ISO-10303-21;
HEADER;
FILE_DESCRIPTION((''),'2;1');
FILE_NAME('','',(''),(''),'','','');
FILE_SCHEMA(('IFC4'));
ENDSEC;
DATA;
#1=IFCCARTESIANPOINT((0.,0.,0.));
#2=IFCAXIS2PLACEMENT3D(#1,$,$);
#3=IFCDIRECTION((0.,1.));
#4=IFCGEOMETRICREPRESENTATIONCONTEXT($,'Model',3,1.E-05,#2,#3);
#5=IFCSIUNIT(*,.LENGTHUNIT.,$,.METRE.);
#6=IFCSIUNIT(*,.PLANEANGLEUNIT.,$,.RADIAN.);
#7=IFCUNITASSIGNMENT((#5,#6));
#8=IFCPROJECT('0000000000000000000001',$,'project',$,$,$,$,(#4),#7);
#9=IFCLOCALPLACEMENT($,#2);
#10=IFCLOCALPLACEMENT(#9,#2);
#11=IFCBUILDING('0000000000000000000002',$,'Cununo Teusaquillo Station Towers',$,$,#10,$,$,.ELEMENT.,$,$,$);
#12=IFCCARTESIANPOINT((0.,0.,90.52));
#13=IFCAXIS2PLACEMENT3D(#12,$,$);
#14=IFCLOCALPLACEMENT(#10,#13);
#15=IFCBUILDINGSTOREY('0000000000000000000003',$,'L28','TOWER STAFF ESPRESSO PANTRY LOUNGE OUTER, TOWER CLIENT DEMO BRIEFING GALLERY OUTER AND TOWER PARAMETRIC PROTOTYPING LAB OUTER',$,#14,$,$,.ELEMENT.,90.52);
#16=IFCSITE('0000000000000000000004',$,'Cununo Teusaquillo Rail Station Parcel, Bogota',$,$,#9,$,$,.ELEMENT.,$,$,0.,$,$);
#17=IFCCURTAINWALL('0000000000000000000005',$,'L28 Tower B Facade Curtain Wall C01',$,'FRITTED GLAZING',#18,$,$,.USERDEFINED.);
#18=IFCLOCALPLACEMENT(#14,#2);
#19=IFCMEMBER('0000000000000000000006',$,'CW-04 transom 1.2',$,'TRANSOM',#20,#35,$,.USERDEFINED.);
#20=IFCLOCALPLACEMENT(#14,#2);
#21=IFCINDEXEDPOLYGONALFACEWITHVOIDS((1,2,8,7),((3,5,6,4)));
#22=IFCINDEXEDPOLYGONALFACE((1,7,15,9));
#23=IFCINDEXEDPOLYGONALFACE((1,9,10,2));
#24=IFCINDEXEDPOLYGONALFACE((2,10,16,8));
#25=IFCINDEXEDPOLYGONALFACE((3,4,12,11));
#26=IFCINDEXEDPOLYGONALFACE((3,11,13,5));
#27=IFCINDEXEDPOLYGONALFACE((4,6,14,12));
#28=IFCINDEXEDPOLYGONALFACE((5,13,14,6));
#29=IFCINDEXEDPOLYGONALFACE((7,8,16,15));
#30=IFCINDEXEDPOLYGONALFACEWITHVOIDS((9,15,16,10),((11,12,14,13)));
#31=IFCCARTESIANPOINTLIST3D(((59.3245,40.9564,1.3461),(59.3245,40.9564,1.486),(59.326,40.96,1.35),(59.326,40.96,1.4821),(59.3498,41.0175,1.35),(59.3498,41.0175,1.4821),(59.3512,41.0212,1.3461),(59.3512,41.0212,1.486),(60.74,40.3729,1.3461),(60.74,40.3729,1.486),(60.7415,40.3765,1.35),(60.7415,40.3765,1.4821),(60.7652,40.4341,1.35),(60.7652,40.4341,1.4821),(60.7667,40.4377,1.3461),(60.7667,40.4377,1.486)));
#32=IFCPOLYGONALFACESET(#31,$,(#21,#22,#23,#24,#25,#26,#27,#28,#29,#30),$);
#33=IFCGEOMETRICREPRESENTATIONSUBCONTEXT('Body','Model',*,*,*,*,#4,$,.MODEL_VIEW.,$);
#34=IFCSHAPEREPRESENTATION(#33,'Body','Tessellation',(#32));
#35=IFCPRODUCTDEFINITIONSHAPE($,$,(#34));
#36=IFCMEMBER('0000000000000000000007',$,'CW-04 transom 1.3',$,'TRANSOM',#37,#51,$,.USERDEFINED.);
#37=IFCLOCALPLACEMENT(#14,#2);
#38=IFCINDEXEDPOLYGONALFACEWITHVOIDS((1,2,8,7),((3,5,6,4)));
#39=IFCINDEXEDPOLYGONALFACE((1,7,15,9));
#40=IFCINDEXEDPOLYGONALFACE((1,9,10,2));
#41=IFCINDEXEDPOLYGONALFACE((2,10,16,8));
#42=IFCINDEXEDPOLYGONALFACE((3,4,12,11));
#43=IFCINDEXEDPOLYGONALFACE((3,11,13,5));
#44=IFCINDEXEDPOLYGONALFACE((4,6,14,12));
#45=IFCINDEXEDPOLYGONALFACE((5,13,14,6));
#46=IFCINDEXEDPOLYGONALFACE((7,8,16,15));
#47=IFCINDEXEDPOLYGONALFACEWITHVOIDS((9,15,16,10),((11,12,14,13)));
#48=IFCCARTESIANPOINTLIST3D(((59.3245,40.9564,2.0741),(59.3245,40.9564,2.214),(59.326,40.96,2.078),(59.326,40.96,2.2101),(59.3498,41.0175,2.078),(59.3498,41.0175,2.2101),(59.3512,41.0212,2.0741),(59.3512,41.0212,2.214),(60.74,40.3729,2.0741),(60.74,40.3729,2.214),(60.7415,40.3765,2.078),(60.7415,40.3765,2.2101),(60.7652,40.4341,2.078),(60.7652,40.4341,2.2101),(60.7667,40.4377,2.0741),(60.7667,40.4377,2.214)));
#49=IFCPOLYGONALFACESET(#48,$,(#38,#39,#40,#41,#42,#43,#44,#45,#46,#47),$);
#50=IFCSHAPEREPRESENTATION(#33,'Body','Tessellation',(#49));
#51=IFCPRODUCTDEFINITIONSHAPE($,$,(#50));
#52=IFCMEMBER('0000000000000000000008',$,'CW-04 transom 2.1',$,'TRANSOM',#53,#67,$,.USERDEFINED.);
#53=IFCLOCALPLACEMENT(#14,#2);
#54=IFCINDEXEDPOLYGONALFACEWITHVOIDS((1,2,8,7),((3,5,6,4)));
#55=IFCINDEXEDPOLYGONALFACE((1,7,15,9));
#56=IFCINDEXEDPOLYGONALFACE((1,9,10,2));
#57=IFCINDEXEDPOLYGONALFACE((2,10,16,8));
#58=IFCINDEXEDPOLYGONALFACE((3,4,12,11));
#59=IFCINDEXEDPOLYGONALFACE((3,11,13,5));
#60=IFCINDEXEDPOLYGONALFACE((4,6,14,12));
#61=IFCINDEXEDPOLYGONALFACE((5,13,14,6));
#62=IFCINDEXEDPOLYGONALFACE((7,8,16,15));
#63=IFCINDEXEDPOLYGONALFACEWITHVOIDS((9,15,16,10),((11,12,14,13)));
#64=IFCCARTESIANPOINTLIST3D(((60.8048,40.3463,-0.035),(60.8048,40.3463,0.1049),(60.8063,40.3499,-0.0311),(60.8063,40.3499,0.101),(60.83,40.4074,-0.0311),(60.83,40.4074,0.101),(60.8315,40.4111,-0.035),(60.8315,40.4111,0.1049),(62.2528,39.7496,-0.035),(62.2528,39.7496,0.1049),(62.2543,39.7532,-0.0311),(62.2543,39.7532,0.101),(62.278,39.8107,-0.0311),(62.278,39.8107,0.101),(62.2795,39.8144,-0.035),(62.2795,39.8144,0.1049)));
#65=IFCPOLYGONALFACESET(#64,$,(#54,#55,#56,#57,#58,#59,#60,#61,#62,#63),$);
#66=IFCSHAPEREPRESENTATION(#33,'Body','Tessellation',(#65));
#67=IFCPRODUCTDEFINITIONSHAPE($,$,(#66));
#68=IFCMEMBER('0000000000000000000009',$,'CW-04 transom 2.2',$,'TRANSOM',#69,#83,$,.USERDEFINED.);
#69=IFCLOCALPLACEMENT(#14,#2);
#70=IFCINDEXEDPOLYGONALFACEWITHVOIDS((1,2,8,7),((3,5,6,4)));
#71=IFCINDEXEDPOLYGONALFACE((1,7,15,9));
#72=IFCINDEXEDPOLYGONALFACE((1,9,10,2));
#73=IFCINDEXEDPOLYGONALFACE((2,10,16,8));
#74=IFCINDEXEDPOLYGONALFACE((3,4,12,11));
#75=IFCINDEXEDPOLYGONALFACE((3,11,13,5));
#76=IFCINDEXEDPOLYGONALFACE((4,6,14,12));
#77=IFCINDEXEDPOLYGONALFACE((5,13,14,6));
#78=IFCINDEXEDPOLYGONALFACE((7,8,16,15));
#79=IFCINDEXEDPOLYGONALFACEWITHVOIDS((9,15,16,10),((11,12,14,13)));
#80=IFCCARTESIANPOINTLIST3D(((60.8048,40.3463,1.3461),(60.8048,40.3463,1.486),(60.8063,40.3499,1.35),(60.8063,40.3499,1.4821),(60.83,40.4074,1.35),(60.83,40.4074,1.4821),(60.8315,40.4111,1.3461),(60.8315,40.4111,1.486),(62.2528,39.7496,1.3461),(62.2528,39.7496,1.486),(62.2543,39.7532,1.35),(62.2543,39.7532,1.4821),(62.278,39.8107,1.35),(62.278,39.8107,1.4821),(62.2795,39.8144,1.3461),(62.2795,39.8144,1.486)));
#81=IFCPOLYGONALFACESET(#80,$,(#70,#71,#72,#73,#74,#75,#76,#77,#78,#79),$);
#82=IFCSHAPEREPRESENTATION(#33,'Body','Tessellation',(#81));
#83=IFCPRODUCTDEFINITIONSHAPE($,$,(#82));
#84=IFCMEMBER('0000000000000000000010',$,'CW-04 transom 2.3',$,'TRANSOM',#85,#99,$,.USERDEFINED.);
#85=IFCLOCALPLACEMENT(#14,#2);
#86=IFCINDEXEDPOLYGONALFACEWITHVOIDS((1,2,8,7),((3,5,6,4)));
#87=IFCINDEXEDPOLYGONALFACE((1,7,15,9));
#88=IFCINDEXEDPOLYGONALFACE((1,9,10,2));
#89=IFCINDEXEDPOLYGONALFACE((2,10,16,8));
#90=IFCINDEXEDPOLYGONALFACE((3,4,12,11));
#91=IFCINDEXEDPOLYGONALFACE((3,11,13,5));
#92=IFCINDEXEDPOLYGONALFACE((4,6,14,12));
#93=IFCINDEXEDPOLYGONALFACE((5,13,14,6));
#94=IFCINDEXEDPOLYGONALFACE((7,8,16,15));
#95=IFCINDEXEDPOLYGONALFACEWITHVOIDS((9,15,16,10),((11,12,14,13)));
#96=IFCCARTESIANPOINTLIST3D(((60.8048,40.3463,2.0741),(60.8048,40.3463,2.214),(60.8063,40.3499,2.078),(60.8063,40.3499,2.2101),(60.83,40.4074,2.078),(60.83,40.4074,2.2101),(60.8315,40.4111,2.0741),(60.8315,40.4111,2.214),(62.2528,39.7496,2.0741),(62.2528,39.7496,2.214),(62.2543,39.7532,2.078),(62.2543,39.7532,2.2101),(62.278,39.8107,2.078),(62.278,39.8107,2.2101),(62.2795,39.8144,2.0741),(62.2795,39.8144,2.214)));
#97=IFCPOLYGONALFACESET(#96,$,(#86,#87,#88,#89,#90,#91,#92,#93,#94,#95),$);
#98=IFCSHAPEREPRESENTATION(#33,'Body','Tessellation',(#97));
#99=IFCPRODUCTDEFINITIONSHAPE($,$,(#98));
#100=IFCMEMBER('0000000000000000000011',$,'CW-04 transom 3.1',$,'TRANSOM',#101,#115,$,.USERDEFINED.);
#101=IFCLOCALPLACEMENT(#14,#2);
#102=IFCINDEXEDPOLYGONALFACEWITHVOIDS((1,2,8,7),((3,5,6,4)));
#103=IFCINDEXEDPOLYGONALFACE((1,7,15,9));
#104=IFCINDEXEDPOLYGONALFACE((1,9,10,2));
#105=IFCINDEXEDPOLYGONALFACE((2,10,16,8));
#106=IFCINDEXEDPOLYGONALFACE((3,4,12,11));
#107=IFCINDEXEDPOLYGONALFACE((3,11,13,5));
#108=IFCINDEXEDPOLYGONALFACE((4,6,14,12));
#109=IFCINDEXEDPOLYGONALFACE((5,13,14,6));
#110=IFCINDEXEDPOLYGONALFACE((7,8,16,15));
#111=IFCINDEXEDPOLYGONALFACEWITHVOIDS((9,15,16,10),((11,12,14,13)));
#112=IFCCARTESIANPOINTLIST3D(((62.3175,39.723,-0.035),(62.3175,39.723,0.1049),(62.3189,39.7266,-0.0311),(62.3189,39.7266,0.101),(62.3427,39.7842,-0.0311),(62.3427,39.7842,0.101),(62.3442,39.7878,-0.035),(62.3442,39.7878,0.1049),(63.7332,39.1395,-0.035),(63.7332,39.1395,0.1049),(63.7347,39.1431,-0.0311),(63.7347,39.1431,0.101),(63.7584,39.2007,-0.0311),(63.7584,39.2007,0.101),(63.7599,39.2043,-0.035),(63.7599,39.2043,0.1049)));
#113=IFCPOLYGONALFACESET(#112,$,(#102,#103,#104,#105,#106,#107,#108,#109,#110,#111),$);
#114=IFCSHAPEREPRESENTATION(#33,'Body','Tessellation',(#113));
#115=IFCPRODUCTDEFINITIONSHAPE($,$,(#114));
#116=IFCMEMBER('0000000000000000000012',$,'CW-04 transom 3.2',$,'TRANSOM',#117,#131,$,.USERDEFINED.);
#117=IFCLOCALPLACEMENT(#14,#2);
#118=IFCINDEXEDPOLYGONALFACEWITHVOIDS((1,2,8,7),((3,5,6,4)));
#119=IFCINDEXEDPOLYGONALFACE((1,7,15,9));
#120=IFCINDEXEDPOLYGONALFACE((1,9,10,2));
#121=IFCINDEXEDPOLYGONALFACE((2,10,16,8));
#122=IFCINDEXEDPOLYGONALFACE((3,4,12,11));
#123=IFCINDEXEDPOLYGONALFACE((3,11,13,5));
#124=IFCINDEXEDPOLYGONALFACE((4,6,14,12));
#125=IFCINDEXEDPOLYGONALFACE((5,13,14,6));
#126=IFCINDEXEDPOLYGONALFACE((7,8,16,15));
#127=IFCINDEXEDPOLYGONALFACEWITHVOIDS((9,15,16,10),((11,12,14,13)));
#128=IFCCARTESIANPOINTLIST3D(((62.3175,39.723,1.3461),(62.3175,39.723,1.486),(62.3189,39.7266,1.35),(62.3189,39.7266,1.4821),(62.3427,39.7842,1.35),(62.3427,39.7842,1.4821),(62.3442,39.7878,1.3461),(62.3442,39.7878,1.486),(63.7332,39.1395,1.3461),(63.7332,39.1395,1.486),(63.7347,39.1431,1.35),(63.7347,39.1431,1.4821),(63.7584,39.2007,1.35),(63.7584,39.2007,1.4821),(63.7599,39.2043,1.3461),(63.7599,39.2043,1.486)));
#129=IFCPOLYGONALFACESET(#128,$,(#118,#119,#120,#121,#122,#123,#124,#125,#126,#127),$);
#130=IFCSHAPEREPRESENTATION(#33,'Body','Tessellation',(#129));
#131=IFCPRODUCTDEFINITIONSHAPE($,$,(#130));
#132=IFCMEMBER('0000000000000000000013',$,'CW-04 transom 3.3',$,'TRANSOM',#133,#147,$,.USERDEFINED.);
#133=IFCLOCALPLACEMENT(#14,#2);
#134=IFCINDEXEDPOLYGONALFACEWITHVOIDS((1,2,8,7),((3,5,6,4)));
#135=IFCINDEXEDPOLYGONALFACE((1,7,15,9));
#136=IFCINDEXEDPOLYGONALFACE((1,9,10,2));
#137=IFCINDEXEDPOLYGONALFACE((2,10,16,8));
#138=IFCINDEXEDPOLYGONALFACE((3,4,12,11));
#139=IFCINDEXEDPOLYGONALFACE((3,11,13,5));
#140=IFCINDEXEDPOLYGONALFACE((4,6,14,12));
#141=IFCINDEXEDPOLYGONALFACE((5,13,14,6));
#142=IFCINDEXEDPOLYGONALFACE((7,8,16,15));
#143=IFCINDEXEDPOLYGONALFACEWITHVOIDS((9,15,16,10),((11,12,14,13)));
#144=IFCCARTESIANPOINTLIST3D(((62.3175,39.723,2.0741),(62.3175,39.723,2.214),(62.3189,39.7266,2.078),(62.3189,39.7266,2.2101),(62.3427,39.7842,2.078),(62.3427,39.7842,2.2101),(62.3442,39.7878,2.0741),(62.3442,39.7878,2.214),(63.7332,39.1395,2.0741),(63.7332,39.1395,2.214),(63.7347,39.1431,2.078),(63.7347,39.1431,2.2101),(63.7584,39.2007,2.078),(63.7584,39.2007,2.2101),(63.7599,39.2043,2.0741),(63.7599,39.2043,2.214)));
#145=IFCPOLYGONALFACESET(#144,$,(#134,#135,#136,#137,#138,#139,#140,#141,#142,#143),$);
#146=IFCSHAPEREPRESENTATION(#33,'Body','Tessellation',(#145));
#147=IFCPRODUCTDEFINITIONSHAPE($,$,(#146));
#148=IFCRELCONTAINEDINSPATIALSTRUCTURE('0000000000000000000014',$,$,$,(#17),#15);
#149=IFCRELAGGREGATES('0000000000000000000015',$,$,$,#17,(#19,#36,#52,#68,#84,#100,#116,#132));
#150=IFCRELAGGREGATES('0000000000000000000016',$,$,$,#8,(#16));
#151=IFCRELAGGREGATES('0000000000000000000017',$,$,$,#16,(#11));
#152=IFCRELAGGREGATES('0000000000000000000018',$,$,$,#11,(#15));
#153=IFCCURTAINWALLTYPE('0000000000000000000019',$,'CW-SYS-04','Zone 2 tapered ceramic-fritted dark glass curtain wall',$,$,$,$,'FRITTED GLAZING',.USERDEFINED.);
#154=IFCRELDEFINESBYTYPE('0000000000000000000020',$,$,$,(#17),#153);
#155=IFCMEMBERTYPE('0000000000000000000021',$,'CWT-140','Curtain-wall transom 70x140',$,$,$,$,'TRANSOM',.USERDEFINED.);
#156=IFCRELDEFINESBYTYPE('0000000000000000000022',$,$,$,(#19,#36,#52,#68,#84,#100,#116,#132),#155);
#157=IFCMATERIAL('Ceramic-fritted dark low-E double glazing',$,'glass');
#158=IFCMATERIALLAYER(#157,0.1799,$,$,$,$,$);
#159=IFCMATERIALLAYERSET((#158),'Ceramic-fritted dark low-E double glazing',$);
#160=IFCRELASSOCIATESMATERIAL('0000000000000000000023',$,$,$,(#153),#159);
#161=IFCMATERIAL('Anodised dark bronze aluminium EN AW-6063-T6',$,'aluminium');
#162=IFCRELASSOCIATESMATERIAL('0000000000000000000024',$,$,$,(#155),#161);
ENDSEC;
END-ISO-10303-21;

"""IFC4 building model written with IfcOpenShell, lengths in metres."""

from ifc_helpers import new_model, si_unit, direction, frame, origin, origin_2d, place, context, subcontext, project, spatial, hollow_rectangle, extrude, material, layer, layer_set, material_profile, profile_set, type_object, element, aggregate, save


model = new_model("IFC4")

# Units and contexts
model_context = context("Model", 3, precision=1e-05, world=origin(), true_north=direction((0.0, 1.0)))
body_context = subcontext(model_context, "Body", "Model", "MODEL_VIEW")
ifc_project = project(units=[si_unit("LENGTHUNIT", "METRE"), si_unit("PLANEANGLEUNIT", "RADIAN")], contexts=[model_context])

# Site, building, storey
site_placement = place(None, origin())
site = spatial("IfcSite", under=ifc_project, at=site_placement, Name="Cununo Teusaquillo Rail Station Parcel, Bogota", CompositionType="ELEMENT", RefElevation=0.0)
building_placement = place(site_placement, origin())
building = spatial("IfcBuilding", under=site, at=building_placement, Name="Cununo Teusaquillo Station Towers", CompositionType="ELEMENT")
storey_placement = place(building_placement, frame((0.0, 0.0, 90.52)))
storey = spatial("IfcBuildingStorey", under=building, at=storey_placement, Name="L28", Description="TOWER STAFF ESPRESSO PANTRY LOUNGE OUTER, TOWER CLIENT DEMO BRIEFING GALLERY OUTER AND TOWER PARAMETRIC PROTOTYPING LAB OUTER", CompositionType="ELEMENT", Elevation=90.52)

# Curtain wall, members
ifc_material_1 = material(Name="Ceramic-fritted dark low-E double glazing", Category="glass")
ifc_layer_1 = layer(ifc_material_1, 0.1799)
ifc_layer_set_1 = layer_set([ifc_layer_1], Name="Ceramic-fritted dark low-E double glazing")
curtain_wall_type = type_object("IfcCurtainWallType", Name="CW-SYS-04", Description="Zone 2 tapered ceramic-fritted dark glass curtain wall", ElementType="FRITTED GLAZING", PredefinedType="USERDEFINED", material=ifc_layer_set_1)
curtain_wall_placement = place(storey_placement, origin())
curtain_wall = element("IfcCurtainWall", 1, at=curtain_wall_placement, inside=storey, type_object=curtain_wall_type, Name="L28 Tower B Facade Curtain Wall C01", ObjectType="FRITTED GLAZING", PredefinedType="USERDEFINED")
ifc_material_2 = material(Name="Anodised dark bronze aluminium EN AW-6063-T6", Category="aluminium")
ifc_material_profile_1 = material_profile(ifc_material_2, hollow_rectangle(XDim=0.0701, YDim=0.1399, WallThickness=0.0039, at=origin_2d()), Name="CW-TRAN-70x140")
ifc_profile_set_1 = profile_set([ifc_material_profile_1], Name="Anodised dark bronze aluminium EN AW-6063-T6")
member_type_1 = type_object("IfcMemberType", Name="CWT-140", Description="Curtain-wall transom 70x140", ElementType="TRANSOM", PredefinedType="USERDEFINED", material=ifc_profile_set_1)
member_1_placement = place(storey_placement, frame((59.3379, 40.9888, 1.416), z_axis=(0.924533, -0.381103, 0.0), x_axis=(0.381103, 0.924533, 0.0)))
member_1 = element("IfcMember", 2, at=member_1_placement, type_object=member_type_1, Name="CW-04 transom 1.2", ObjectType="TRANSOM", PredefinedType="USERDEFINED", context=body_context, shape_type="SweptSolid", body=[
    extrude(hollow_rectangle(XDim=0.0701, YDim=0.1399, WallThickness=0.0039, at=origin_2d()), origin(), (0.0, 0.0, 1.0), 1.531),
])
member_2_placement = place(storey_placement, frame((59.3379, 40.9888, 2.144), z_axis=(0.924533, -0.381103, 0.0), x_axis=(0.381103, 0.924533, 0.0)))
member_2 = element("IfcMember", 3, at=member_2_placement, type_object=member_type_1, Name="CW-04 transom 1.3", ObjectType="TRANSOM", PredefinedType="USERDEFINED", context=body_context, shape_type="SweptSolid", body=[
    extrude(hollow_rectangle(XDim=0.0701, YDim=0.1399, WallThickness=0.0039, at=origin_2d()), origin(), (0.0, 0.0, 1.0), 1.531),
])
member_3_placement = place(storey_placement, frame((60.8181, 40.3787, 0.0349), z_axis=(0.924578, -0.380993, 0.0), x_axis=(0.380993, 0.924578, 0.0)))
member_3 = element("IfcMember", 4, at=member_3_placement, type_object=member_type_1, Name="CW-04 transom 2.1", ObjectType="TRANSOM", PredefinedType="USERDEFINED", context=body_context, shape_type="SweptSolid", body=[
    extrude(hollow_rectangle(XDim=0.0701, YDim=0.1399, WallThickness=0.0039, at=origin_2d()), origin(), (0.0, 0.0, 1.0), 1.5662),
])
member_4_placement = place(storey_placement, frame((60.8181, 40.3787, 1.416), z_axis=(0.924578, -0.380993, 0.0), x_axis=(0.380993, 0.924578, 0.0)))
member_4 = element("IfcMember", 5, at=member_4_placement, type_object=member_type_1, Name="CW-04 transom 2.2", ObjectType="TRANSOM", PredefinedType="USERDEFINED", context=body_context, shape_type="SweptSolid", body=[
    extrude(hollow_rectangle(XDim=0.0701, YDim=0.1399, WallThickness=0.0039, at=origin_2d()), origin(), (0.0, 0.0, 1.0), 1.5662),
])
member_5_placement = place(storey_placement, frame((60.8181, 40.3787, 2.144), z_axis=(0.924578, -0.380993, 0.0), x_axis=(0.380993, 0.924578, 0.0)))
member_5 = element("IfcMember", 6, at=member_5_placement, type_object=member_type_1, Name="CW-04 transom 2.3", ObjectType="TRANSOM", PredefinedType="USERDEFINED", context=body_context, shape_type="SweptSolid", body=[
    extrude(hollow_rectangle(XDim=0.0701, YDim=0.1399, WallThickness=0.0039, at=origin_2d()), origin(), (0.0, 0.0, 1.0), 1.5662),
])
member_6_placement = place(storey_placement, frame((62.3308, 39.7554, 0.0349), z_axis=(0.924556, -0.381046, 0.0), x_axis=(0.381046, 0.924556, 0.0)))
member_6 = element("IfcMember", 7, at=member_6_placement, type_object=member_type_1, Name="CW-04 transom 3.1", ObjectType="TRANSOM", PredefinedType="USERDEFINED", context=body_context, shape_type="SweptSolid", body=[
    extrude(hollow_rectangle(XDim=0.0701, YDim=0.1399, WallThickness=0.0039, at=origin_2d()), origin(), (0.0, 0.0, 1.0), 1.5312),
])
member_7_placement = place(storey_placement, frame((62.3308, 39.7554, 1.416), z_axis=(0.924556, -0.381046, 0.0), x_axis=(0.381046, 0.924556, 0.0)))
member_7 = element("IfcMember", 8, at=member_7_placement, type_object=member_type_1, Name="CW-04 transom 3.2", ObjectType="TRANSOM", PredefinedType="USERDEFINED", context=body_context, shape_type="SweptSolid", body=[
    extrude(hollow_rectangle(XDim=0.0701, YDim=0.1399, WallThickness=0.0039, at=origin_2d()), origin(), (0.0, 0.0, 1.0), 1.5312),
])
member_8_placement = place(storey_placement, frame((62.3308, 39.7554, 2.144), z_axis=(0.924556, -0.381046, 0.0), x_axis=(0.381046, 0.924556, 0.0)))
member_8 = element("IfcMember", 9, at=member_8_placement, type_object=member_type_1, Name="CW-04 transom 3.3", ObjectType="TRANSOM", PredefinedType="USERDEFINED", context=body_context, shape_type="SweptSolid", body=[
    extrude(hollow_rectangle(XDim=0.0701, YDim=0.1399, WallThickness=0.0039, at=origin_2d()), origin(), (0.0, 0.0, 1.0), 1.5312),
])

aggregate(curtain_wall, [member_1, member_2, member_3, member_4, member_5, member_6, member_7, member_8])

save(model, "model.ifc")
